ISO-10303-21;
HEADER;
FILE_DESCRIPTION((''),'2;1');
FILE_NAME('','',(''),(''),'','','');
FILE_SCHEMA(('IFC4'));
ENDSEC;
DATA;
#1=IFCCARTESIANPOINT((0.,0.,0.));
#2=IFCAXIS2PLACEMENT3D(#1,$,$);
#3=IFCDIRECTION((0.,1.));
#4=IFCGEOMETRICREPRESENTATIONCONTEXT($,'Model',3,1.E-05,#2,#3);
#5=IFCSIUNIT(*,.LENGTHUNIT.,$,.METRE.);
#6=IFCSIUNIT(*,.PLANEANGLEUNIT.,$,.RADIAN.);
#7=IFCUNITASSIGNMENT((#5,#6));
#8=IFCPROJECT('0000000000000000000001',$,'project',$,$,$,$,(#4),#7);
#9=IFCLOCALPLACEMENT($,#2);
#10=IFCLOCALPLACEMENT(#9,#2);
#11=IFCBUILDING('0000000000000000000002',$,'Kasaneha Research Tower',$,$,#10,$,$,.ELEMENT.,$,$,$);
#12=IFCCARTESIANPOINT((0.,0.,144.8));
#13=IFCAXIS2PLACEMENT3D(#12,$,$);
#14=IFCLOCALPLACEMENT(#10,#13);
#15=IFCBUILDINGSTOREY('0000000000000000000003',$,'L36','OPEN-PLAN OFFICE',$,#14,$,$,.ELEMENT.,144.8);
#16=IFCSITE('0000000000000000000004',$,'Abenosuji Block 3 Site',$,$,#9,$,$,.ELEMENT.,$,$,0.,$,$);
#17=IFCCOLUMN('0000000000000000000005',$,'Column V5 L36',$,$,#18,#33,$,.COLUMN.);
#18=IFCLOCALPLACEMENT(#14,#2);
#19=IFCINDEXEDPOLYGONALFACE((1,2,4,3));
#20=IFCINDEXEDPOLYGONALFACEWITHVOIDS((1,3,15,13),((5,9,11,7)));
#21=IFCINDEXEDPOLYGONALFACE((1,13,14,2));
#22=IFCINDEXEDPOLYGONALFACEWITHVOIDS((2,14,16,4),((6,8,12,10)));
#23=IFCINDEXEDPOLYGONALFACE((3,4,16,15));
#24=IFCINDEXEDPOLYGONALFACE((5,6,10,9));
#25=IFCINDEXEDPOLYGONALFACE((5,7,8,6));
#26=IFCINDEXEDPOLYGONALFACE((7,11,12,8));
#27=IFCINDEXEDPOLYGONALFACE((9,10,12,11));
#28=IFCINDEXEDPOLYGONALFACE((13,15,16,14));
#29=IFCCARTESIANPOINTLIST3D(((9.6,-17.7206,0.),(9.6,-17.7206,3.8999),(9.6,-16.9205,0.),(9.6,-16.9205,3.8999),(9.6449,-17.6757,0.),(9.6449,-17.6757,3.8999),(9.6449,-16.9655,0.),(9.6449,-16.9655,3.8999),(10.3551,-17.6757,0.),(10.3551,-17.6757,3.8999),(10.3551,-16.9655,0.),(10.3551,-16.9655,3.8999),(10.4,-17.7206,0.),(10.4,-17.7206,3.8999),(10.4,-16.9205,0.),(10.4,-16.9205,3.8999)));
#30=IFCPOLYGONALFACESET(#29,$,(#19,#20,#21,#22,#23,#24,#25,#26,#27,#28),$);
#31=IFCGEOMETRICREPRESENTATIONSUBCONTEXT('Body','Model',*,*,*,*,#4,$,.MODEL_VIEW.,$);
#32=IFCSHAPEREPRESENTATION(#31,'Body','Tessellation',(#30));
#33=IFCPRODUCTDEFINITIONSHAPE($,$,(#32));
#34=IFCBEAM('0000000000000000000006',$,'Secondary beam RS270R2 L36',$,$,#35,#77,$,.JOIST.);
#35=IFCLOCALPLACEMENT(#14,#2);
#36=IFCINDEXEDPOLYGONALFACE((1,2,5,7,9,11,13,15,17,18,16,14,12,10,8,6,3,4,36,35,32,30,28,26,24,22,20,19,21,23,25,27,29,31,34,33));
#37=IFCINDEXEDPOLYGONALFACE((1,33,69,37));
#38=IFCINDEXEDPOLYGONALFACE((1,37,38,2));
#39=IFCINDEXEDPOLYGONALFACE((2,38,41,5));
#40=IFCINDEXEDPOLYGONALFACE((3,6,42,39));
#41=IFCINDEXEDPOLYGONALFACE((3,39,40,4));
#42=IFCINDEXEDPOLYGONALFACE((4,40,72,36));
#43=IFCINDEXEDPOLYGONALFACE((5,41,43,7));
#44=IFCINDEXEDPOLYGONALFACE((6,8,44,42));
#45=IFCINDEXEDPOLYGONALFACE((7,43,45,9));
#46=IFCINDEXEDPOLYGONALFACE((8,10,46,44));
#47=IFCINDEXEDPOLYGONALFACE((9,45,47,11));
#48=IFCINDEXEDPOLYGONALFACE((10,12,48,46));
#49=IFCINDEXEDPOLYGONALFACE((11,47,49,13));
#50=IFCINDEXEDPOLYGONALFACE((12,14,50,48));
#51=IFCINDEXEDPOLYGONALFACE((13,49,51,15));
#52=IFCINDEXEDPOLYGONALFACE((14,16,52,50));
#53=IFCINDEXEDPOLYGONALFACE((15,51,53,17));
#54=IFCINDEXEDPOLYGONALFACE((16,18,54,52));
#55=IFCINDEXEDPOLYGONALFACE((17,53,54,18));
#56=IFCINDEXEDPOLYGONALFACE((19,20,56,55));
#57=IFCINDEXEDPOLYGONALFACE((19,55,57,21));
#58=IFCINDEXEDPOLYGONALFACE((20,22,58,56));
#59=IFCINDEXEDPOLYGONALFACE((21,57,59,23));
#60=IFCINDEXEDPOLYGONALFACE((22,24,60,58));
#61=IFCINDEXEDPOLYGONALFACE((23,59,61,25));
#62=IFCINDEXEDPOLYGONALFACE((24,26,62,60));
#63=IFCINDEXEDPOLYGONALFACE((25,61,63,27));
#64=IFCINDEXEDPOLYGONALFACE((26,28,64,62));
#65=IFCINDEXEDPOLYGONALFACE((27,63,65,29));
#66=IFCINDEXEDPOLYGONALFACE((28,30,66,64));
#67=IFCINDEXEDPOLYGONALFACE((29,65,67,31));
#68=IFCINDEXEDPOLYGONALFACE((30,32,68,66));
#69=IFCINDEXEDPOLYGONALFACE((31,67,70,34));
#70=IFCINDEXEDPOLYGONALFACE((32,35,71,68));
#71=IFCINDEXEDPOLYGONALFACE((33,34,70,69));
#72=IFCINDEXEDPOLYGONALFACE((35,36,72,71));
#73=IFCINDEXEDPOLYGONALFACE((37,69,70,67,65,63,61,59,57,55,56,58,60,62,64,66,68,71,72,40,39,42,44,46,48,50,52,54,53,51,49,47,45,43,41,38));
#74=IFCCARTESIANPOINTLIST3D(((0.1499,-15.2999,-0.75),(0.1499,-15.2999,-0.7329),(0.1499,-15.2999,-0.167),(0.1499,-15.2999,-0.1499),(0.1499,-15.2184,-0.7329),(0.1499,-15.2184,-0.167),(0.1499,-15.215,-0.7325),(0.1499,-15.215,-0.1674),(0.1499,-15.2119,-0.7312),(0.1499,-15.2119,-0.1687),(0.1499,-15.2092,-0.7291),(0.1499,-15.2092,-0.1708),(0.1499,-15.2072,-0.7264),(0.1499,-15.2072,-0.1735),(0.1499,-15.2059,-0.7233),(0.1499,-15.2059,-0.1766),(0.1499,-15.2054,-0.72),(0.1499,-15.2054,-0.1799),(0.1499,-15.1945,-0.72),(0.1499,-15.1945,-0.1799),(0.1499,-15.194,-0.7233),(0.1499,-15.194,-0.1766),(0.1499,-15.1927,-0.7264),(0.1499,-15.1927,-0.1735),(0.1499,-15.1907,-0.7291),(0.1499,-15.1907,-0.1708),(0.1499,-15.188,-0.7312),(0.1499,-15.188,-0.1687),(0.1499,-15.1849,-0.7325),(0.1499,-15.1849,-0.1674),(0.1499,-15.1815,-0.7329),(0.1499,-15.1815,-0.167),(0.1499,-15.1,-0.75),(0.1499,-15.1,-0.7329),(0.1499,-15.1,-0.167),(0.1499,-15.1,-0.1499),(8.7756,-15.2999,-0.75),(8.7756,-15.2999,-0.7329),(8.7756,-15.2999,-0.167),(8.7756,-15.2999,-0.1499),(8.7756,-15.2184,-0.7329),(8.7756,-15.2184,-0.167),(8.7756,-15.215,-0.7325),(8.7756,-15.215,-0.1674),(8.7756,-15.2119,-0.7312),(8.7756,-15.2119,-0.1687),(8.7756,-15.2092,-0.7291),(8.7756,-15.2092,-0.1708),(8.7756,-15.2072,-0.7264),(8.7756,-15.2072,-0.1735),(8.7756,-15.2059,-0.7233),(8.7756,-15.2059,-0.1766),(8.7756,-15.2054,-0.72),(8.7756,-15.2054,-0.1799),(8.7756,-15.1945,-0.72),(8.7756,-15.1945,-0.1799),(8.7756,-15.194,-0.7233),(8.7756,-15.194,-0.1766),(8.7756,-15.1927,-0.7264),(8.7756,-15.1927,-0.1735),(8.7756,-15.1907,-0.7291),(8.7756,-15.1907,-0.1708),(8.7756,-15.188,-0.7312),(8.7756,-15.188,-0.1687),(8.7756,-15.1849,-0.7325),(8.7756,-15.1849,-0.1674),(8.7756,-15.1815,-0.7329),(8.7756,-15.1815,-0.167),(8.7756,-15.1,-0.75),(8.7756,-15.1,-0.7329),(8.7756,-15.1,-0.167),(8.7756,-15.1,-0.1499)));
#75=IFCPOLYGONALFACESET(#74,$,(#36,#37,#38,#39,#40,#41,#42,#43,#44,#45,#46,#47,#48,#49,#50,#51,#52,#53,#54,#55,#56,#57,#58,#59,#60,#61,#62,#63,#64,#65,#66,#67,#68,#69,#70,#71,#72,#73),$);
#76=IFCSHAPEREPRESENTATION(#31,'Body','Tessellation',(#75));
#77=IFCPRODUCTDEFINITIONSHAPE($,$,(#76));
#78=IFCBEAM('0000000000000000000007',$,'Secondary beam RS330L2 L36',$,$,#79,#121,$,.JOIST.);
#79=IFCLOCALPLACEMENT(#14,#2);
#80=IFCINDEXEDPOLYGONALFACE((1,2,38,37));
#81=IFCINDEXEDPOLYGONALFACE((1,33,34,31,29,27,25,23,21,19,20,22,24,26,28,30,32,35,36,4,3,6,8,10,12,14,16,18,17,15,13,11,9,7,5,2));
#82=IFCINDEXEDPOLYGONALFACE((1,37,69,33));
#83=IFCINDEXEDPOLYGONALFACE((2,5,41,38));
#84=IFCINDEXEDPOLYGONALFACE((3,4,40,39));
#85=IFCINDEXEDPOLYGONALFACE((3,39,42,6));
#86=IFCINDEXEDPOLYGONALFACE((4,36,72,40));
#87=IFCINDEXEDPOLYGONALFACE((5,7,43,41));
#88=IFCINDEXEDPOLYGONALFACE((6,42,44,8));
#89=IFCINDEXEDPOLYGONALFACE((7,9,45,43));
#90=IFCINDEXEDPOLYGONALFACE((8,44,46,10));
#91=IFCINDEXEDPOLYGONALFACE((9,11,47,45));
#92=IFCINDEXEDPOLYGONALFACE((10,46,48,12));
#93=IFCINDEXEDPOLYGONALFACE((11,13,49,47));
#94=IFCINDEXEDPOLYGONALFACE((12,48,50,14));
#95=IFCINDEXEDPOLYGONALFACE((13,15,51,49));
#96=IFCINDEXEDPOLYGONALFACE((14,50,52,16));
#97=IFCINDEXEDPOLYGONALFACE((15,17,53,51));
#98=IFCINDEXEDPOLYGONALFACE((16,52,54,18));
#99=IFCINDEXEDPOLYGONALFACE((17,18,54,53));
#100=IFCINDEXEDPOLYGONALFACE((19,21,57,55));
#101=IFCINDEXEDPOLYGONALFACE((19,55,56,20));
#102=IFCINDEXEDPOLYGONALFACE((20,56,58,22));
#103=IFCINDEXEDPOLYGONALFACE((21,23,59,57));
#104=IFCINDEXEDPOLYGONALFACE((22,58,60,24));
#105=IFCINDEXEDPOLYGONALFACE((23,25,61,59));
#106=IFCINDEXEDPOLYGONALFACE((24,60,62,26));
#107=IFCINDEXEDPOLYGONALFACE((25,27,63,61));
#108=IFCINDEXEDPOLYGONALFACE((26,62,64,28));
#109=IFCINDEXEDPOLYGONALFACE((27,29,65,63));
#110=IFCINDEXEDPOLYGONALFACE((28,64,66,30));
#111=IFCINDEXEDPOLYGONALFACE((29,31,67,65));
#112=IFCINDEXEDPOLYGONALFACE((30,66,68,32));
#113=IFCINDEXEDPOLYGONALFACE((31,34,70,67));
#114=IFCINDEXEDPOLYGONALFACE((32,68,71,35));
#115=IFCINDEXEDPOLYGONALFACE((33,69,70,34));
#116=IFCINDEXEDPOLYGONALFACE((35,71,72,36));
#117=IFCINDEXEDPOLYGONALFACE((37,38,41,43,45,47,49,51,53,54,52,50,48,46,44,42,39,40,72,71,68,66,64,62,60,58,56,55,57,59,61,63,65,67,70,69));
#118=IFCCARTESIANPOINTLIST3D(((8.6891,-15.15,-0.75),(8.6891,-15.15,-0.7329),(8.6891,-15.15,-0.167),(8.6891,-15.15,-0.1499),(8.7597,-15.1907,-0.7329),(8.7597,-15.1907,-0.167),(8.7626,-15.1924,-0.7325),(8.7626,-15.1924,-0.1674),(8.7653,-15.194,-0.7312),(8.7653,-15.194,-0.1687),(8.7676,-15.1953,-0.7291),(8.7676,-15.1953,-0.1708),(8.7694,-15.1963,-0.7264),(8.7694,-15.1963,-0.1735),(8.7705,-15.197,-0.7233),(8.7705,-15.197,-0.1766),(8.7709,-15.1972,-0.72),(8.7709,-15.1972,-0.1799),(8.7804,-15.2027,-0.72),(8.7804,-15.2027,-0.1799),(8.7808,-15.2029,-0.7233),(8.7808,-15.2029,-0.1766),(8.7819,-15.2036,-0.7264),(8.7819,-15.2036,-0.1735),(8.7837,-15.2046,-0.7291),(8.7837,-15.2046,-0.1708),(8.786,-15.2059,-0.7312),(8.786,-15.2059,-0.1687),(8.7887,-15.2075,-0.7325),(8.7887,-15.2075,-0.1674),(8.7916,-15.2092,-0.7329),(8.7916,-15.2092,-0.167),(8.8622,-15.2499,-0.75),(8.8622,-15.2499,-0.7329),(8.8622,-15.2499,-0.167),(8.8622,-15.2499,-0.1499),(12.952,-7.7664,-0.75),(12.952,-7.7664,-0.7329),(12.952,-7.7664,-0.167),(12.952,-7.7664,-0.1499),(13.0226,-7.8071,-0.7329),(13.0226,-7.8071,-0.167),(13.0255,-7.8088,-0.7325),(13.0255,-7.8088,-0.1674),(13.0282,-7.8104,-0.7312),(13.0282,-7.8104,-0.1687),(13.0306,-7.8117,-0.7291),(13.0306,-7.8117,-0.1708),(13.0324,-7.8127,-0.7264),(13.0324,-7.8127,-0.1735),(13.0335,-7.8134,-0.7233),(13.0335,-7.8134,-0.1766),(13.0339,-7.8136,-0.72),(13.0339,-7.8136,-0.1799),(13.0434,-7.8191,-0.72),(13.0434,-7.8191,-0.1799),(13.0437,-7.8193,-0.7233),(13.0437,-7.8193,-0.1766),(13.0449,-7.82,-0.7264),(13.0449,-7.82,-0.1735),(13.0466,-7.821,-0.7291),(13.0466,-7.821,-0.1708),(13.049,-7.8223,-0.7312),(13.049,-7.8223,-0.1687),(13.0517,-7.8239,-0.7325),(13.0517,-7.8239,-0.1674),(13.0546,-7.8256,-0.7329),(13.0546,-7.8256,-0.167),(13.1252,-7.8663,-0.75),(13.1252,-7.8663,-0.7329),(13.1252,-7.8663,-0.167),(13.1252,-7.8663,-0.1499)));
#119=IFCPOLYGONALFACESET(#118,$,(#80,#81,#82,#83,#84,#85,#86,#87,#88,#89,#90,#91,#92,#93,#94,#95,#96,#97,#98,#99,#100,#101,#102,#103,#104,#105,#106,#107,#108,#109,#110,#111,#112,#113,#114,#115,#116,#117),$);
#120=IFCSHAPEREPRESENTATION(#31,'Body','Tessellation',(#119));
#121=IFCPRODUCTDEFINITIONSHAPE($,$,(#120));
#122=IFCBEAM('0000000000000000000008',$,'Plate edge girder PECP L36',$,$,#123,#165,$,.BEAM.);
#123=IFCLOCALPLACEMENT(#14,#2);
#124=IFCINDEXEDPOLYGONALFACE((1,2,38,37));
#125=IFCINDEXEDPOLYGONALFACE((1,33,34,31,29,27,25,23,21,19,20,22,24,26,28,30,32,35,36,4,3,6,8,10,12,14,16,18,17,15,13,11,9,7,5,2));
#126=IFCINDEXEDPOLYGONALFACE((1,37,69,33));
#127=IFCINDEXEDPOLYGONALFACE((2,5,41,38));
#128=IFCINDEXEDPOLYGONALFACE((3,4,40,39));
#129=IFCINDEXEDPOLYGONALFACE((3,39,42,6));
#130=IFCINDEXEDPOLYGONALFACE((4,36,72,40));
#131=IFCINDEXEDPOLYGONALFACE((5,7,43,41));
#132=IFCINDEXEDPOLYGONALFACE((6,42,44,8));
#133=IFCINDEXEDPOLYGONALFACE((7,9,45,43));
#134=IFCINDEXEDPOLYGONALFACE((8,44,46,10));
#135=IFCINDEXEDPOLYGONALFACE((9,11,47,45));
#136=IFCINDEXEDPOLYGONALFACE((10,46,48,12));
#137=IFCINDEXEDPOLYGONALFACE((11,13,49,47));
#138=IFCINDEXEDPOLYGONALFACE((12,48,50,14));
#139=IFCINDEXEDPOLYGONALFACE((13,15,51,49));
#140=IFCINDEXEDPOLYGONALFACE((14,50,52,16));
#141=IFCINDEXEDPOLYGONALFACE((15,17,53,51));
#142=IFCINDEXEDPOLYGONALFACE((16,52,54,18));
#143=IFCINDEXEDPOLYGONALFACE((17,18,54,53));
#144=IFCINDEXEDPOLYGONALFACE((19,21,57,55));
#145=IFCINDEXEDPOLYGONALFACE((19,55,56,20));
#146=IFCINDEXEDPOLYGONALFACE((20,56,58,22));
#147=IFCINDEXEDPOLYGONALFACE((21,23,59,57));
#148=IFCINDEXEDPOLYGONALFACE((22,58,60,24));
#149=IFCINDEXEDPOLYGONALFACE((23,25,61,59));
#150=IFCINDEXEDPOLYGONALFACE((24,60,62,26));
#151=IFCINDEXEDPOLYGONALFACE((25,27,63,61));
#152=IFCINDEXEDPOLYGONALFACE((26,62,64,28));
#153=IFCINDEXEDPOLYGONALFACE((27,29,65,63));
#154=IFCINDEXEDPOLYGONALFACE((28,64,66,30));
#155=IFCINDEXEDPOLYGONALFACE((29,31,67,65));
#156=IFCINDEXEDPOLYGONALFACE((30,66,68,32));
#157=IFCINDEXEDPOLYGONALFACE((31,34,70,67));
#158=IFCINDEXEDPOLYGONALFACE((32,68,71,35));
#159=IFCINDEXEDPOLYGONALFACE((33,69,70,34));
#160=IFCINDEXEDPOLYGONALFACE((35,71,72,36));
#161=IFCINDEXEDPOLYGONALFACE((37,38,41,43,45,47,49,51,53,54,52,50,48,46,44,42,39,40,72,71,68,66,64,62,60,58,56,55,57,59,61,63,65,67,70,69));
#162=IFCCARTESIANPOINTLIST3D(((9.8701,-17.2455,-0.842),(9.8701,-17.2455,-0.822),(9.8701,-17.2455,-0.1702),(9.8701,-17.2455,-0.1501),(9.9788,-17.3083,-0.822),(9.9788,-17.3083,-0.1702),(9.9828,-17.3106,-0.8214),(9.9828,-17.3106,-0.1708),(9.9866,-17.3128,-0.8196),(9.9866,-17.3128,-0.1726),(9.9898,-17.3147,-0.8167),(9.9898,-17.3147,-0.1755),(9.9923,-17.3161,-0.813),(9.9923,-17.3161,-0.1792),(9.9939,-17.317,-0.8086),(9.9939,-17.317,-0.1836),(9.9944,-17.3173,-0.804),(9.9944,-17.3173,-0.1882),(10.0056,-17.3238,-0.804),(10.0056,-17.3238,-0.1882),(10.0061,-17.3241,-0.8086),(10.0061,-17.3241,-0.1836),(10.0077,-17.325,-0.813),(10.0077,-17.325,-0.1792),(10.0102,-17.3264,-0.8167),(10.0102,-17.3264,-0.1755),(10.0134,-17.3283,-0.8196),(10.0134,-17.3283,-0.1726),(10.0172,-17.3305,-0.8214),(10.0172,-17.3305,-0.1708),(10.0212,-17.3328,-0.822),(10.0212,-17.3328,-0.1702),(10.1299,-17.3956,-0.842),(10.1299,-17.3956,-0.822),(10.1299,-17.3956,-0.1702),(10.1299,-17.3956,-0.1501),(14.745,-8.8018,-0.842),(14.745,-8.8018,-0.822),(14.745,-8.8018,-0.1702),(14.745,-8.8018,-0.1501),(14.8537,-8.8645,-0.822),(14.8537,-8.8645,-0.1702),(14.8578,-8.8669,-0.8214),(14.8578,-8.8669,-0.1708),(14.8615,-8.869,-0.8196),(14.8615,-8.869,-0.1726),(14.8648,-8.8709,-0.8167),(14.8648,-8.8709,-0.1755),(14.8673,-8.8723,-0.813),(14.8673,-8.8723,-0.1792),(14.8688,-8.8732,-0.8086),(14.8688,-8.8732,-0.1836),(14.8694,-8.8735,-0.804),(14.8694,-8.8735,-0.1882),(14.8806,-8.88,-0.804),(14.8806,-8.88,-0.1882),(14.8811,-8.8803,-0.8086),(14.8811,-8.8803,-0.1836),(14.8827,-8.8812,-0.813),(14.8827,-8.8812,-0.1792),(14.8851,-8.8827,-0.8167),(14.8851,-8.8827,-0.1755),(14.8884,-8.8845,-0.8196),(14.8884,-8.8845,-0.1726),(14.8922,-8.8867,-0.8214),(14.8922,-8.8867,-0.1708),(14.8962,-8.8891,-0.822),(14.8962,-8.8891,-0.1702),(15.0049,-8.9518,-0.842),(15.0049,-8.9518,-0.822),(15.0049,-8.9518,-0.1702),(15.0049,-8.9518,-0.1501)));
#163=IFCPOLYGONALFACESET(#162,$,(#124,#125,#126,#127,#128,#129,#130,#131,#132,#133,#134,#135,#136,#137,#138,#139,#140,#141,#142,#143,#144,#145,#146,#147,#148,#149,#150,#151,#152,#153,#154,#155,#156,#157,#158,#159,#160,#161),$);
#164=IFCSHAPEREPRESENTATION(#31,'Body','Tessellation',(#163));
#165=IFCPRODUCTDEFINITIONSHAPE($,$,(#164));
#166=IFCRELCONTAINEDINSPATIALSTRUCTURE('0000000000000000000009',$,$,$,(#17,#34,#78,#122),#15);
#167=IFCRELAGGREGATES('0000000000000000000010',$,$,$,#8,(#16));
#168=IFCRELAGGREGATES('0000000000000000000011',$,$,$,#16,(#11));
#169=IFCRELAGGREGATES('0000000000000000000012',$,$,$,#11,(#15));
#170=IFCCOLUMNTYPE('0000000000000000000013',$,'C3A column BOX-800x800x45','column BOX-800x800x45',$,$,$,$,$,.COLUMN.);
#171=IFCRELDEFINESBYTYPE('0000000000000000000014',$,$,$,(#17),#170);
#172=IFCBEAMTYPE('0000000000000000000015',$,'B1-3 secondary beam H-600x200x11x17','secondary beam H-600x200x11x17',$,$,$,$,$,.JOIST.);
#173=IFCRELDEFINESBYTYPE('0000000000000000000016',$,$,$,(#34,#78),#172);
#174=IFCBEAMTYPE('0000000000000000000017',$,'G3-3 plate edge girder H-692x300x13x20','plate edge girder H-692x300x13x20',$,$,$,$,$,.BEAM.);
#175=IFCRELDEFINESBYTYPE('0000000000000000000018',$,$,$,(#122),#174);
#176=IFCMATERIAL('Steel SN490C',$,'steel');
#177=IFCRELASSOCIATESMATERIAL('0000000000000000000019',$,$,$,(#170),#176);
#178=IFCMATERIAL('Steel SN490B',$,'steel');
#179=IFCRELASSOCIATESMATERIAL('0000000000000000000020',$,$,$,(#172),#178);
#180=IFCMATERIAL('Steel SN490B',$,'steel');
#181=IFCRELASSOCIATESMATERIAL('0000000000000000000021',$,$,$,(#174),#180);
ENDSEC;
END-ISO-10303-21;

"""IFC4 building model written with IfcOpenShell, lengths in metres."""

from ifc_helpers import new_model, si_unit, direction, frame, origin, origin_2d, place, context, subcontext, project, spatial, hollow_rectangle, i_section, extrude, material, material_profile, profile_set, type_object, element, save


model = new_model("IFC4")

# Units and contexts
model_context = context("Model", 3, precision=1e-05, world=origin(), true_north=direction((0.0, 1.0)))
body_context = subcontext(model_context, "Body", "Model", "MODEL_VIEW")
ifc_project = project(units=[si_unit("LENGTHUNIT", "METRE"), si_unit("PLANEANGLEUNIT", "RADIAN")], contexts=[model_context])

# Site, building, storey
site_placement = place(None, origin())
site = spatial("IfcSite", under=ifc_project, at=site_placement, Name="Abenosuji Block 3 Site", CompositionType="ELEMENT", RefElevation=0.0)
building_placement = place(site_placement, origin())
building = spatial("IfcBuilding", under=site, at=building_placement, Name="Kasaneha Research Tower", CompositionType="ELEMENT")
storey_placement = place(building_placement, frame((0.0, 0.0, 144.8)))
storey = spatial("IfcBuildingStorey", under=building, at=storey_placement, Name="L36", Description="OPEN-PLAN OFFICE", CompositionType="ELEMENT", Elevation=144.8)

# Column
ifc_material_1 = material(Name="Steel SN490C", Category="steel")
ifc_material_profile_1 = material_profile(ifc_material_1, hollow_rectangle(XDim=0.8, YDim=0.8, WallThickness=0.0449, at=origin_2d()), Name="BOX-800x800x45")
ifc_profile_set_1 = profile_set([ifc_material_profile_1], Name="Steel SN490C")
column_type = type_object("IfcColumnType", Name="C3A column BOX-800x800x45", Description="column BOX-800x800x45", PredefinedType="COLUMN", material=ifc_profile_set_1)
column_placement = place(storey_placement, frame((10.0, -17.3206, 0.0), z_axis=(0.0, 0.0, 1.0), x_axis=(1.0, 0.0, 0.0)))
element("IfcColumn", 1, at=column_placement, inside=storey, type_object=column_type, Name="Column V5 L36", PredefinedType="COLUMN", context=body_context, shape_type="SweptSolid", body=[
    extrude(hollow_rectangle(XDim=0.8, YDim=0.8, WallThickness=0.0449, at=origin_2d()), origin(), (0.0, 0.0, 1.0), 3.8999),
])

# Beams
ifc_material_2 = material(Name="Steel SN490B", Category="steel")
ifc_material_profile_2 = material_profile(ifc_material_2, i_section(OverallWidth=0.2, OverallDepth=0.6001, WebThickness=0.011, FlangeThickness=0.0171, FilletRadius=0.0129, at=origin_2d()), Name="H-600x200x11x17")
ifc_profile_set_2 = profile_set([ifc_material_profile_2], Name="Steel SN490B")
beam_type_1 = type_object("IfcBeamType", Name="B1-3 secondary beam H-600x200x11x17", Description="secondary beam H-600x200x11x17", PredefinedType="JOIST", material=ifc_profile_set_2)
beam_1_placement = place(storey_placement, frame((8.7756, -15.2, -0.45), z_axis=(-1.0, 0.0, 0.0), x_axis=(0.0, -1.0, 0.0)))
element("IfcBeam", 2, at=beam_1_placement, inside=storey, type_object=beam_type_1, Name="Secondary beam RS270R2 L36", PredefinedType="JOIST", context=body_context, shape_type="SweptSolid", body=[
    extrude(i_section(OverallWidth=0.2, OverallDepth=0.6001, WebThickness=0.011, FlangeThickness=0.0171, FilletRadius=0.0129, at=origin_2d()), origin(), (0.0, 0.0, 1.0), 8.6257),
])
beam_2_placement = place(storey_placement, frame((8.7756, -15.2, -0.45), z_axis=(0.500004, 0.866023, 0.0), x_axis=(-0.866023, 0.500004, 0.0)))
element("IfcBeam", 3, at=beam_2_placement, inside=storey, type_object=beam_type_1, Name="Secondary beam RS330L2 L36", PredefinedType="JOIST", context=body_context, shape_type="SweptSolid", body=[
    extrude(i_section(OverallWidth=0.2, OverallDepth=0.6001, WebThickness=0.011, FlangeThickness=0.0171, FilletRadius=0.0129, at=origin_2d()), origin(), (0.0, 0.0, 1.0), 8.5259),
])
ifc_material_3 = material(Name="Steel SN490B", Category="steel")
ifc_material_profile_3 = material_profile(ifc_material_3, i_section(OverallWidth=0.3, OverallDepth=0.6919, WebThickness=0.0129, FlangeThickness=0.02, FilletRadius=0.0181, at=origin_2d()), Name="H-692x300x13x20")
ifc_profile_set_3 = profile_set([ifc_material_profile_3], Name="Steel SN490B")
beam_type_2 = type_object("IfcBeamType", Name="G3-3 plate edge girder H-692x300x13x20", Description="plate edge girder H-692x300x13x20", PredefinedType="BEAM", material=ifc_profile_set_3)
beam_3_placement = place(storey_placement, frame((10.0, -17.3206, -0.4961), z_axis=(0.499996, 0.866028, 0.0), x_axis=(-0.866028, 0.499996, 0.0)))
element("IfcBeam", 4, at=beam_3_placement, inside=storey, type_object=beam_type_2, Name="Plate edge girder PECP L36", PredefinedType="BEAM", context=body_context, shape_type="SweptSolid", body=[
    extrude(i_section(OverallWidth=0.3, OverallDepth=0.6919, WebThickness=0.0129, FlangeThickness=0.02, FilletRadius=0.0181, at=origin_2d()), origin(), (0.0, 0.0, 1.0), 9.75),
])

save(model, "model.ifc")
